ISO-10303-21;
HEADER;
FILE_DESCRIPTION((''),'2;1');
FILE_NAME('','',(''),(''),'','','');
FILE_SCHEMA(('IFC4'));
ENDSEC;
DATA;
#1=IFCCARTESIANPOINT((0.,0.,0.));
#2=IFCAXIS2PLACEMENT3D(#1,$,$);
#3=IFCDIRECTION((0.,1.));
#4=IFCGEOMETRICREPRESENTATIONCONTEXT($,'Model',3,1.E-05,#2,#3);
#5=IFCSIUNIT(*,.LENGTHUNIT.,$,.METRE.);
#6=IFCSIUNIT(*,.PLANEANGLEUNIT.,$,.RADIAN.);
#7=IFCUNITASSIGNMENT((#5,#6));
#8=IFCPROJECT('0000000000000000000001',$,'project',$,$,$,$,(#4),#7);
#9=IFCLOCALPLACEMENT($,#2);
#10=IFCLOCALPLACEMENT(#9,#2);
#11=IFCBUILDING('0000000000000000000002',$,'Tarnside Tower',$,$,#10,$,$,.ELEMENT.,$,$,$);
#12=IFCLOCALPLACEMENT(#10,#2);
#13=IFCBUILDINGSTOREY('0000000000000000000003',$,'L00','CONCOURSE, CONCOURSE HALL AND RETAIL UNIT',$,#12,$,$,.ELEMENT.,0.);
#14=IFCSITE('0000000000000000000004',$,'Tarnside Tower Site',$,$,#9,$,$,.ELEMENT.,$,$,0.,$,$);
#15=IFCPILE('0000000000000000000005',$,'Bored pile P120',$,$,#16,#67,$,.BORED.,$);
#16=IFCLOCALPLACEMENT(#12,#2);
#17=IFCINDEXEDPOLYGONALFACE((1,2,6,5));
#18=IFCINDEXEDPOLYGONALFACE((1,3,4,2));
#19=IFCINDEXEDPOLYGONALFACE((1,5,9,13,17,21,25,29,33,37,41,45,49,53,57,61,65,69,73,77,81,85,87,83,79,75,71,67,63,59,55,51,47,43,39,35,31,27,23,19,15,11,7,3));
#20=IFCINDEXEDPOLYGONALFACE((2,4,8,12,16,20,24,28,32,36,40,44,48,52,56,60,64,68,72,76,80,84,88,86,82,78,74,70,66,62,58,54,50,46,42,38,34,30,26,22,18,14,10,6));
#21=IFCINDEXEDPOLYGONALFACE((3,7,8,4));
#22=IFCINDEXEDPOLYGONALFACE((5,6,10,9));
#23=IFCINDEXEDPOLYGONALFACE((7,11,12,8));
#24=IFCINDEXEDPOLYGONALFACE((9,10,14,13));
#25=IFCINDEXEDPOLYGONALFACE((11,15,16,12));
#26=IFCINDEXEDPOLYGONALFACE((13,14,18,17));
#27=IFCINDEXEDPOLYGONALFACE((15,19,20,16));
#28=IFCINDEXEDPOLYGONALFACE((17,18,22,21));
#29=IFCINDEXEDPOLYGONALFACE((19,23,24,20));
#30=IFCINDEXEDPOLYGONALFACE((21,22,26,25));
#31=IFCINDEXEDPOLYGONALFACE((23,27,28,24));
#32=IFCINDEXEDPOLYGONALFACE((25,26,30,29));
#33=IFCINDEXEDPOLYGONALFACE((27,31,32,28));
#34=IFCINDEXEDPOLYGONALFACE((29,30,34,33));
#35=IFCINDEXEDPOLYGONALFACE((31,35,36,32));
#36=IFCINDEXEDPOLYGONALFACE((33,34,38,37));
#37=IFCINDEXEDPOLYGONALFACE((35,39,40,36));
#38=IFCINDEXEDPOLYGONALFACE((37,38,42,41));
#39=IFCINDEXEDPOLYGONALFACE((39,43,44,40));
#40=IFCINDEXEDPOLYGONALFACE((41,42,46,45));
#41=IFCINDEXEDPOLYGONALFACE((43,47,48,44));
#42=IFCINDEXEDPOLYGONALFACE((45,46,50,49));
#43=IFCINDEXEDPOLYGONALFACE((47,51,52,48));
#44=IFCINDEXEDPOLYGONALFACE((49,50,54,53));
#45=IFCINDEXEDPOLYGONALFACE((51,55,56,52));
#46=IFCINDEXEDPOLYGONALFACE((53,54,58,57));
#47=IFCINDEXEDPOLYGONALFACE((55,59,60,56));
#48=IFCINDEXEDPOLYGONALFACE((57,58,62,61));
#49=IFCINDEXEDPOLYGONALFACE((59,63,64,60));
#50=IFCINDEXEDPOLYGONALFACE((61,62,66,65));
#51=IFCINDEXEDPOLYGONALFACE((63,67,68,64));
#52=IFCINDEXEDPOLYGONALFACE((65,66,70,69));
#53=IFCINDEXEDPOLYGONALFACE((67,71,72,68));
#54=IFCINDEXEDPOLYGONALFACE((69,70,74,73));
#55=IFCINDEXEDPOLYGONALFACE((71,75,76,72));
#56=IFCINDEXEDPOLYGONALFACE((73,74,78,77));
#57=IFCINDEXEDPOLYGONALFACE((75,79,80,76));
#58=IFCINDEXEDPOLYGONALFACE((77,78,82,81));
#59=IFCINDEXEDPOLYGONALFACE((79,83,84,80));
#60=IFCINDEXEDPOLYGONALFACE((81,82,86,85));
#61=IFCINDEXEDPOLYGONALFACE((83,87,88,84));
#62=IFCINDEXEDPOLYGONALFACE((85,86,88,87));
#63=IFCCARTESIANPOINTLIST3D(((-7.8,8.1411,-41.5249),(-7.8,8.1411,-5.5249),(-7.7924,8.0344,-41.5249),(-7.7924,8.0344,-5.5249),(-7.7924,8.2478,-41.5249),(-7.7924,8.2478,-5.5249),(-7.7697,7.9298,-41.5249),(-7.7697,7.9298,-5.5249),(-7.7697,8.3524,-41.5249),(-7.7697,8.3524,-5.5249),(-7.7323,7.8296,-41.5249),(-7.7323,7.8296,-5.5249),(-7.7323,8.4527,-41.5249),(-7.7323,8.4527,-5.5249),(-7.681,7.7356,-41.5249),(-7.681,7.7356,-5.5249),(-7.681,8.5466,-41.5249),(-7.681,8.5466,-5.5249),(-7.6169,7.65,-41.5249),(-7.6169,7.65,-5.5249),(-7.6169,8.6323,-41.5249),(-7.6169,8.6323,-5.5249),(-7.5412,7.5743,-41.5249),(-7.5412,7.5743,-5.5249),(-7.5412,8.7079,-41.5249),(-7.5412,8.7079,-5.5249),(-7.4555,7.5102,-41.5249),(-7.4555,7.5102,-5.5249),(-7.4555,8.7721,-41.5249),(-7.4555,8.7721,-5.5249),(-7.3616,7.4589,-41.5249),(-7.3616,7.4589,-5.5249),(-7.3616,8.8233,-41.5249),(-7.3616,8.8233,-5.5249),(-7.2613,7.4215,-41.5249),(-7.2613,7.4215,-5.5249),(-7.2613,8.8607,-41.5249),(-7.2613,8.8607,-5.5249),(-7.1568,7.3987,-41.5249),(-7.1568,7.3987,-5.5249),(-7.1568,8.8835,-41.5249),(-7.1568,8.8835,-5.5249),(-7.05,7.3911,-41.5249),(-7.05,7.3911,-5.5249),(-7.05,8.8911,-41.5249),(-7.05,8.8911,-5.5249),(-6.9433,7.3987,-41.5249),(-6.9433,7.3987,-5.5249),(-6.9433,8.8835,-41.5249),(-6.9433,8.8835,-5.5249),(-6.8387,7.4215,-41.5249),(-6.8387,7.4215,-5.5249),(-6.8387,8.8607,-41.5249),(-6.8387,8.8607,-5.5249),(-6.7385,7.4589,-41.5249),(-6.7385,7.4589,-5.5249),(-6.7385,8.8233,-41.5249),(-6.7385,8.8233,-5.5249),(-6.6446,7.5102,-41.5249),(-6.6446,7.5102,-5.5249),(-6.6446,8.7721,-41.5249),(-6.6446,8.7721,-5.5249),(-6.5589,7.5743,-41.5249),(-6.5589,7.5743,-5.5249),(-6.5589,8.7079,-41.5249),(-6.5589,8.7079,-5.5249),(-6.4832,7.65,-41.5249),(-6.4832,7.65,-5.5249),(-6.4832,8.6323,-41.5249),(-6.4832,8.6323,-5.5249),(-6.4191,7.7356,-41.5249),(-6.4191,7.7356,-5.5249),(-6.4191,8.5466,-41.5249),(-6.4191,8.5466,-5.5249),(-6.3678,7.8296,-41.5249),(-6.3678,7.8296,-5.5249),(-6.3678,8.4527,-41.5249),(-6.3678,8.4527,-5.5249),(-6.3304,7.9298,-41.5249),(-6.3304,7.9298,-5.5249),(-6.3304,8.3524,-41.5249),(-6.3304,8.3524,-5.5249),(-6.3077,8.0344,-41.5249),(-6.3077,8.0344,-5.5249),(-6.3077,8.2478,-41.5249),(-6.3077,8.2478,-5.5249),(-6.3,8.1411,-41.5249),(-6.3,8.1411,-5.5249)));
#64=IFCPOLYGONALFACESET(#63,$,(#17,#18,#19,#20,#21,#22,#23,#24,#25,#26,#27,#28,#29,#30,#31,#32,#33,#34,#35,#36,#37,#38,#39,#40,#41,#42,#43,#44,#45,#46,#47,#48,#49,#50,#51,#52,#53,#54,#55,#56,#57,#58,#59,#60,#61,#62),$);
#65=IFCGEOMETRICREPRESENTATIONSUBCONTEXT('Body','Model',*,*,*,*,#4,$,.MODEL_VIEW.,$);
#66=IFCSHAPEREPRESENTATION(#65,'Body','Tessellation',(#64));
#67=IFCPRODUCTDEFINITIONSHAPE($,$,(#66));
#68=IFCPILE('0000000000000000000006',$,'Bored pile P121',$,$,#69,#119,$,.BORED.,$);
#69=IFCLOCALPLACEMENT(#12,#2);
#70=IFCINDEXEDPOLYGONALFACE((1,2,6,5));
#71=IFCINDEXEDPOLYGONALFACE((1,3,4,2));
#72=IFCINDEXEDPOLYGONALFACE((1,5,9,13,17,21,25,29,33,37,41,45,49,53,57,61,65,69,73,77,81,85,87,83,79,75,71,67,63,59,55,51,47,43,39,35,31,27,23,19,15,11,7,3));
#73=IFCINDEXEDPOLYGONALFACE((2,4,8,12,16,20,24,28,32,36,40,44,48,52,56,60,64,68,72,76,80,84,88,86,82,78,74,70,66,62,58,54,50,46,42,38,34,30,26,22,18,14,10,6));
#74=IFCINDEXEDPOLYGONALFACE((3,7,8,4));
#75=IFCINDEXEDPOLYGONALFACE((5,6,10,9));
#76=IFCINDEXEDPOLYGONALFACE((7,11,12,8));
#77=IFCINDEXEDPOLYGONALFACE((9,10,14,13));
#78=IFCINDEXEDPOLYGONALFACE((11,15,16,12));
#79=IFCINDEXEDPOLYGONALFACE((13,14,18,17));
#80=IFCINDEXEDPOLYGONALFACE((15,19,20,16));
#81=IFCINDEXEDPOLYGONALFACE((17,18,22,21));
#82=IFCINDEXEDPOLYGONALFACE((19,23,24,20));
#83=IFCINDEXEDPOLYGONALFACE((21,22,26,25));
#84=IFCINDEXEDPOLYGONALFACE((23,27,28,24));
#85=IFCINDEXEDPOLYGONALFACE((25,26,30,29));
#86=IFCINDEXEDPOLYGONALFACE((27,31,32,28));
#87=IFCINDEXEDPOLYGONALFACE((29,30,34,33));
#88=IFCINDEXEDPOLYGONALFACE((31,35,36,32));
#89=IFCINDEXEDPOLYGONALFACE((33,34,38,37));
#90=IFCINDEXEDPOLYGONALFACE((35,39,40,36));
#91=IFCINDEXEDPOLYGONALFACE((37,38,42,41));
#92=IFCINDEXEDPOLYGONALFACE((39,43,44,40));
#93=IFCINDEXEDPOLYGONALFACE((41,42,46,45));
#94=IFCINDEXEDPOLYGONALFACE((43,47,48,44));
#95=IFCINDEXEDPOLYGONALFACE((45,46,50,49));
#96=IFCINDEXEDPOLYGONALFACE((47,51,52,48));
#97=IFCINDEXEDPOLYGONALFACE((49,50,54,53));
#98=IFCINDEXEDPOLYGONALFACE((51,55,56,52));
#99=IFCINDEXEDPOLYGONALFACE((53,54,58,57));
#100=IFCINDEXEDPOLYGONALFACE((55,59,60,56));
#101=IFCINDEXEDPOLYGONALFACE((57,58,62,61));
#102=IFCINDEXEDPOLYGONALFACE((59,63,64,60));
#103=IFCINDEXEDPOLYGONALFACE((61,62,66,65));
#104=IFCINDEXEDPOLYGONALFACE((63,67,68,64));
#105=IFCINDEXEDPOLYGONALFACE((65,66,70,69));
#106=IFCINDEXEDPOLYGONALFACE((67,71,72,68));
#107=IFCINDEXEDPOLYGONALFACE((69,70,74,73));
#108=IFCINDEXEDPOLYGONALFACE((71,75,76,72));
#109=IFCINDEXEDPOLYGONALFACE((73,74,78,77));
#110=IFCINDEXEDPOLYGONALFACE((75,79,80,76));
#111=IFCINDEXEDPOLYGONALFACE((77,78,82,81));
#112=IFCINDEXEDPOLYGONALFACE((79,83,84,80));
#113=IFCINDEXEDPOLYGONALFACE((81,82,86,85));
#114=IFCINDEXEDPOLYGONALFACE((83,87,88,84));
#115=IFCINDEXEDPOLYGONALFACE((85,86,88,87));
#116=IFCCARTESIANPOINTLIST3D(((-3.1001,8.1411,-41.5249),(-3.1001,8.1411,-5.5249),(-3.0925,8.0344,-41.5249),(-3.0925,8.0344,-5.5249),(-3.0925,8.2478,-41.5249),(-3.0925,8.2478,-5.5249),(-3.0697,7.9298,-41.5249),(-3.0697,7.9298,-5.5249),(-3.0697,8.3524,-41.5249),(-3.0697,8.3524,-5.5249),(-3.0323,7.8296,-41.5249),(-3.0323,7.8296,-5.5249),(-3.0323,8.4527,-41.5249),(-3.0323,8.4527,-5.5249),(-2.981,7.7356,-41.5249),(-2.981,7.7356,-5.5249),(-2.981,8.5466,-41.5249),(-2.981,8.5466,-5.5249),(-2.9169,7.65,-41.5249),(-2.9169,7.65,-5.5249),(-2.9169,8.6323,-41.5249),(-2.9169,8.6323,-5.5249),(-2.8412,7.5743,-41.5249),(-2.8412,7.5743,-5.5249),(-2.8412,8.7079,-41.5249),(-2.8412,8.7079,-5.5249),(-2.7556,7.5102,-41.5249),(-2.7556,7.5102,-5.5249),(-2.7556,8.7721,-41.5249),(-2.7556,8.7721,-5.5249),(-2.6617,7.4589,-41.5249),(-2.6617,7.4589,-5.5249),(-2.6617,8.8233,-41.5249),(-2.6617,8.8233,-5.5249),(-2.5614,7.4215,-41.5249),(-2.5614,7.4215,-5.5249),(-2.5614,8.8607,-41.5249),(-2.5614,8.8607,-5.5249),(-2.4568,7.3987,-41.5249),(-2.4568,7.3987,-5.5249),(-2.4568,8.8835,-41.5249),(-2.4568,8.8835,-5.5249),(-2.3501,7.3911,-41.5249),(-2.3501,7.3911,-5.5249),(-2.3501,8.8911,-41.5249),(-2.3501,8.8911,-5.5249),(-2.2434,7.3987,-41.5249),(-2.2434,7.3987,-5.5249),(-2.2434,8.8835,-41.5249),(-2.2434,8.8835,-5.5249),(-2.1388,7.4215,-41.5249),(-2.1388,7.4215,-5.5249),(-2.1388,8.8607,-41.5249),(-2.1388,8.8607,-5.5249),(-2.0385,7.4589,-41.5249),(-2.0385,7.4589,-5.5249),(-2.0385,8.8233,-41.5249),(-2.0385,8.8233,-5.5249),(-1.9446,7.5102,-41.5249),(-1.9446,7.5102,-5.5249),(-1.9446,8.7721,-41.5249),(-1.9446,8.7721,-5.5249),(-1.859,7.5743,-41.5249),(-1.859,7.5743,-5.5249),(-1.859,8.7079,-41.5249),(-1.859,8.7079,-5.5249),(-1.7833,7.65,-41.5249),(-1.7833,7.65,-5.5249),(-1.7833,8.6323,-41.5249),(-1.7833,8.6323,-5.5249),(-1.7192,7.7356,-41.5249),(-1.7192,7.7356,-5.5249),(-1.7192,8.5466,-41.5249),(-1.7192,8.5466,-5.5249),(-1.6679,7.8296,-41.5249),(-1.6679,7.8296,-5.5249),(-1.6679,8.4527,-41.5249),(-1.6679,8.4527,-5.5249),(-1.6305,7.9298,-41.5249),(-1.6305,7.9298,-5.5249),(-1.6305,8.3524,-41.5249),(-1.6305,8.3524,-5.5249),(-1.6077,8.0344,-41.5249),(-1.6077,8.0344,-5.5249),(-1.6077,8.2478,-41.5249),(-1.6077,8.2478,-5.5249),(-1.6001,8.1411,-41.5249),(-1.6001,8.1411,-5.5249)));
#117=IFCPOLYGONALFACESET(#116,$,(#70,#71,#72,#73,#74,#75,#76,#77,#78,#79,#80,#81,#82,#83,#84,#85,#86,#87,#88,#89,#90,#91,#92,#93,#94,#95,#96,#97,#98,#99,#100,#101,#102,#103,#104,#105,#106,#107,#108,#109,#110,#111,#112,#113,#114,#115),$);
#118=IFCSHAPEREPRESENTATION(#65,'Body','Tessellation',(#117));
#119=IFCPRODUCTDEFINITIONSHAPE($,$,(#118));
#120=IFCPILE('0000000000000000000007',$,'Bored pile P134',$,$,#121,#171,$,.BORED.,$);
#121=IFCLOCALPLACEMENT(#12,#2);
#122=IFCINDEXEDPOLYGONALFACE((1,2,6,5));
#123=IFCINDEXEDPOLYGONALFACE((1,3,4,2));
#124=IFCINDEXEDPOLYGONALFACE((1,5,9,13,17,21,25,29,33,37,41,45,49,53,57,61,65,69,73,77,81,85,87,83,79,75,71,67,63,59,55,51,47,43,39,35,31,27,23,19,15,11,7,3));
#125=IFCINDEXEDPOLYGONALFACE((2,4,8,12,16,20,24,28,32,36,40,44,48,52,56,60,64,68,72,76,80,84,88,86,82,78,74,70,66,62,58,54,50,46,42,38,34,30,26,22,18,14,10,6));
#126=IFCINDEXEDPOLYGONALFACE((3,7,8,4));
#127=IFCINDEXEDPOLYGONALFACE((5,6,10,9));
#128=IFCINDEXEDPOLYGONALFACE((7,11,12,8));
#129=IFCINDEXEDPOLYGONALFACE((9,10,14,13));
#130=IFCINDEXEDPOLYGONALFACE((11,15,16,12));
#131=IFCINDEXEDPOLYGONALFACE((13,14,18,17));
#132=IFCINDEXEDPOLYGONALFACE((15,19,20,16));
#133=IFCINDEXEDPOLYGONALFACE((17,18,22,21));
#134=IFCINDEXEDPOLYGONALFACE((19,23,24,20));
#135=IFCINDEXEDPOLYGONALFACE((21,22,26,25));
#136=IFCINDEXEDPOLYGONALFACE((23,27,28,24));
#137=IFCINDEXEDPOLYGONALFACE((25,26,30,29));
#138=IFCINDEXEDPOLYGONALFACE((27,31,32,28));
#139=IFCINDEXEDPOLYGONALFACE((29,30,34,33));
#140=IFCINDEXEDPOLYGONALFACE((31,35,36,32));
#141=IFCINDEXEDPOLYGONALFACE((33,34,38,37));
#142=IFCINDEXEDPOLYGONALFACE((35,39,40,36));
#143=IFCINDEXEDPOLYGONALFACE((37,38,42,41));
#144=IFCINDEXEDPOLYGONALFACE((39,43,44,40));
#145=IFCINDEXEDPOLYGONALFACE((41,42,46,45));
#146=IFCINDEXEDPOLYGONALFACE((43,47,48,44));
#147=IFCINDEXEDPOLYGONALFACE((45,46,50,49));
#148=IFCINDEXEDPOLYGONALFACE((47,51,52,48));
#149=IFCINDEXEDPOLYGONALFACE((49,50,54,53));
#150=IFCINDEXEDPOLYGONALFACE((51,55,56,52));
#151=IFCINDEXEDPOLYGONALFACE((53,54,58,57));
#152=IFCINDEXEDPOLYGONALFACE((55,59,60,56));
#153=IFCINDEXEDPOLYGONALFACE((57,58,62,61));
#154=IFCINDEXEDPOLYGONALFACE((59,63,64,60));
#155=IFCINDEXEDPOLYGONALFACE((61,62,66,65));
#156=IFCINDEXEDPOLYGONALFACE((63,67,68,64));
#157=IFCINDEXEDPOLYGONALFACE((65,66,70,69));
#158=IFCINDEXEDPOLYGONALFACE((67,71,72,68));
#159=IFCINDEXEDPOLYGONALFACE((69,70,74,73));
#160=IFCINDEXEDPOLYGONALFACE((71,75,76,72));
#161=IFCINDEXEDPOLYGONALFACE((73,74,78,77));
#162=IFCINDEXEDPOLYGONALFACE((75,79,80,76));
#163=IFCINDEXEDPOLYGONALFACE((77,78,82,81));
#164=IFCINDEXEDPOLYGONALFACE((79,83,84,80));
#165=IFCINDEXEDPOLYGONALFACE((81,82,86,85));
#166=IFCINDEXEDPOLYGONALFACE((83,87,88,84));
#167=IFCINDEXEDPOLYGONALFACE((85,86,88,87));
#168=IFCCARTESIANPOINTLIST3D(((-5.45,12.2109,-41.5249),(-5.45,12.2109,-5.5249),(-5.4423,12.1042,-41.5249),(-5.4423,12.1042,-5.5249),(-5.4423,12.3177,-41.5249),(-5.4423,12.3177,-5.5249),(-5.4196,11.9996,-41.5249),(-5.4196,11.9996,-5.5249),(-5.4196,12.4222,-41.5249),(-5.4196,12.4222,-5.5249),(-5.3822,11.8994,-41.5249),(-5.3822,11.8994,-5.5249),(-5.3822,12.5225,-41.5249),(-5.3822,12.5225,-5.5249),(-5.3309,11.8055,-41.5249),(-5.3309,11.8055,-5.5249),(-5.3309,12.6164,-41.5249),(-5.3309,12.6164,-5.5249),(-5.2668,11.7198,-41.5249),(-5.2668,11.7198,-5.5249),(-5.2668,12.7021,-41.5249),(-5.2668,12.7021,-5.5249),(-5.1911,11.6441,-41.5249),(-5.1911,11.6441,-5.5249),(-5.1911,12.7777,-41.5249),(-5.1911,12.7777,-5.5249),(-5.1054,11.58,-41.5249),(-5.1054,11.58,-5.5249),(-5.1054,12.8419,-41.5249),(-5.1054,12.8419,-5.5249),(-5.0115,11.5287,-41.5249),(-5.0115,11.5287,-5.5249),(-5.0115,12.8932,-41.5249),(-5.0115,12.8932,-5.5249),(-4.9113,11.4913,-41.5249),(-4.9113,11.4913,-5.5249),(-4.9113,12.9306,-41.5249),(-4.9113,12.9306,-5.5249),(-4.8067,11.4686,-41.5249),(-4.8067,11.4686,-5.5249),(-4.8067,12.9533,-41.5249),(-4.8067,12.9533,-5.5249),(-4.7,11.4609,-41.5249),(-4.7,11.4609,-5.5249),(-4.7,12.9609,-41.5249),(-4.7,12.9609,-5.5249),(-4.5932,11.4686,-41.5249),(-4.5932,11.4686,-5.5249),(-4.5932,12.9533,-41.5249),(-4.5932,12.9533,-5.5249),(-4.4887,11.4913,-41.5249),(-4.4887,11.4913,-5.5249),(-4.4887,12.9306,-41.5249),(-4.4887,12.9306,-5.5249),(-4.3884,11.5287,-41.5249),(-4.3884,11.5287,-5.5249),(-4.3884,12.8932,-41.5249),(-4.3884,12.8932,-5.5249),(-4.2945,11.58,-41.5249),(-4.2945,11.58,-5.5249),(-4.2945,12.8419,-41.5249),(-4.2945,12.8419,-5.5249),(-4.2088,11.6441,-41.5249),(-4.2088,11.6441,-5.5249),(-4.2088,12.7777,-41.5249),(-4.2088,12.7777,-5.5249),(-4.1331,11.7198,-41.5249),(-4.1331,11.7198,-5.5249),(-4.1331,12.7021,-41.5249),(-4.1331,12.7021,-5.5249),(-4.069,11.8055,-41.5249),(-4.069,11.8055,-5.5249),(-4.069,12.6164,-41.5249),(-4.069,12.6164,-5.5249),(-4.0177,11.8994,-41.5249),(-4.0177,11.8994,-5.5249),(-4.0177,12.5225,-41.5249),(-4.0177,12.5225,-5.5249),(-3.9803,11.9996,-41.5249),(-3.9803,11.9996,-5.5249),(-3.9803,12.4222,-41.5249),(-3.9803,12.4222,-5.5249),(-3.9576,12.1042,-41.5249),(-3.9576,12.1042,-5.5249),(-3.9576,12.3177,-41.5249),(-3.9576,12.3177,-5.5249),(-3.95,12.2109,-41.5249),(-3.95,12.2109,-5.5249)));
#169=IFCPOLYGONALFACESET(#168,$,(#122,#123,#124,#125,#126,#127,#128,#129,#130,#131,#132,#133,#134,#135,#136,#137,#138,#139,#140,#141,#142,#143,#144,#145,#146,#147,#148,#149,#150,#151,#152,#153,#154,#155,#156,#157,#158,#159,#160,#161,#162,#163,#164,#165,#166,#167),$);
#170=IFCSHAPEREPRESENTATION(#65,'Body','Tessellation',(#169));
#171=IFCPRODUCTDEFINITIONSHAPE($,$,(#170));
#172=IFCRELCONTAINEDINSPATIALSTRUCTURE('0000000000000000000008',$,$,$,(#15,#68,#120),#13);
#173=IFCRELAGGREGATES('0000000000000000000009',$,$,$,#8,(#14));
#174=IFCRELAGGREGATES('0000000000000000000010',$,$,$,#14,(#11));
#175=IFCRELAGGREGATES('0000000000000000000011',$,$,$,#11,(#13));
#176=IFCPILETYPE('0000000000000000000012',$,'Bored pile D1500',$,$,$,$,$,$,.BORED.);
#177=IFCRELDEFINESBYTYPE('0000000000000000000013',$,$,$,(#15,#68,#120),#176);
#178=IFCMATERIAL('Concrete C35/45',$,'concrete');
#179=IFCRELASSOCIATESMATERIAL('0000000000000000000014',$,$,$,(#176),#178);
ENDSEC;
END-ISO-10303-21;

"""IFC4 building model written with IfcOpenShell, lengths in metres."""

from ifc_helpers import new_model, si_unit, direction, frame, origin, origin_2d, place, context, subcontext, project, spatial, circle, extrude, material, material_profile, profile_set, type_object, element, save


model = new_model("IFC4")

# Units and contexts
model_context = context("Model", 3, precision=1e-05, world=origin(), true_north=direction((0.0, 1.0)))
body_context = subcontext(model_context, "Body", "Model", "MODEL_VIEW")
ifc_project = project(units=[si_unit("LENGTHUNIT", "METRE"), si_unit("PLANEANGLEUNIT", "RADIAN")], contexts=[model_context])

# Site, building, storey
site_placement = place(None, origin())
site = spatial("IfcSite", under=ifc_project, at=site_placement, Name="Tarnside Tower Site", CompositionType="ELEMENT", RefElevation=0.0)
building_placement = place(site_placement, origin())
building = spatial("IfcBuilding", under=site, at=building_placement, Name="Tarnside Tower", CompositionType="ELEMENT")
storey_placement = place(building_placement, origin())
storey = spatial("IfcBuildingStorey", under=building, at=storey_placement, Name="L00", Description="CONCOURSE, CONCOURSE HALL AND RETAIL UNIT", CompositionType="ELEMENT", Elevation=0.0)

# Piles
ifc_material_1 = material(Name="Concrete C35/45", Category="concrete")
ifc_material_profile = material_profile(ifc_material_1, circle(Radius=0.75, at=origin_2d()), Name="Bored pile D1500")
ifc_profile_set = profile_set([ifc_material_profile], Name="Concrete C35/45")
pile_type = type_object("IfcPileType", Name="Bored pile D1500", PredefinedType="BORED", material=ifc_profile_set)
for number, where, z_axis, x_axis, name in (
    (1, (-7.05, 8.1411, -5.5249), (0.0, 0.0, -1.0), (1.0, 0.0, 0.0), "Bored pile P120"),
    (2, (-2.3501, 8.1411, -5.5249), (0.0, 0.0, -1.0), (1.0, 0.0, 0.0), "Bored pile P121"),
    (3, (-4.7, 12.2109, -5.5249), (0.0, 0.0, -1.0), (1.0, 0.0, 0.0), "Bored pile P134"),
):
    element("IfcPile", number, at=place(storey_placement, frame(where, z_axis=z_axis, x_axis=x_axis)), inside=storey, type_object=pile_type, Name=name, PredefinedType="BORED", context=body_context, shape_type="SweptSolid", body=[
        extrude(circle(Radius=0.75, at=origin_2d()), origin(), (0.0, 0.0, 1.0), 36.0),
    ])

save(model, "model.ifc")
